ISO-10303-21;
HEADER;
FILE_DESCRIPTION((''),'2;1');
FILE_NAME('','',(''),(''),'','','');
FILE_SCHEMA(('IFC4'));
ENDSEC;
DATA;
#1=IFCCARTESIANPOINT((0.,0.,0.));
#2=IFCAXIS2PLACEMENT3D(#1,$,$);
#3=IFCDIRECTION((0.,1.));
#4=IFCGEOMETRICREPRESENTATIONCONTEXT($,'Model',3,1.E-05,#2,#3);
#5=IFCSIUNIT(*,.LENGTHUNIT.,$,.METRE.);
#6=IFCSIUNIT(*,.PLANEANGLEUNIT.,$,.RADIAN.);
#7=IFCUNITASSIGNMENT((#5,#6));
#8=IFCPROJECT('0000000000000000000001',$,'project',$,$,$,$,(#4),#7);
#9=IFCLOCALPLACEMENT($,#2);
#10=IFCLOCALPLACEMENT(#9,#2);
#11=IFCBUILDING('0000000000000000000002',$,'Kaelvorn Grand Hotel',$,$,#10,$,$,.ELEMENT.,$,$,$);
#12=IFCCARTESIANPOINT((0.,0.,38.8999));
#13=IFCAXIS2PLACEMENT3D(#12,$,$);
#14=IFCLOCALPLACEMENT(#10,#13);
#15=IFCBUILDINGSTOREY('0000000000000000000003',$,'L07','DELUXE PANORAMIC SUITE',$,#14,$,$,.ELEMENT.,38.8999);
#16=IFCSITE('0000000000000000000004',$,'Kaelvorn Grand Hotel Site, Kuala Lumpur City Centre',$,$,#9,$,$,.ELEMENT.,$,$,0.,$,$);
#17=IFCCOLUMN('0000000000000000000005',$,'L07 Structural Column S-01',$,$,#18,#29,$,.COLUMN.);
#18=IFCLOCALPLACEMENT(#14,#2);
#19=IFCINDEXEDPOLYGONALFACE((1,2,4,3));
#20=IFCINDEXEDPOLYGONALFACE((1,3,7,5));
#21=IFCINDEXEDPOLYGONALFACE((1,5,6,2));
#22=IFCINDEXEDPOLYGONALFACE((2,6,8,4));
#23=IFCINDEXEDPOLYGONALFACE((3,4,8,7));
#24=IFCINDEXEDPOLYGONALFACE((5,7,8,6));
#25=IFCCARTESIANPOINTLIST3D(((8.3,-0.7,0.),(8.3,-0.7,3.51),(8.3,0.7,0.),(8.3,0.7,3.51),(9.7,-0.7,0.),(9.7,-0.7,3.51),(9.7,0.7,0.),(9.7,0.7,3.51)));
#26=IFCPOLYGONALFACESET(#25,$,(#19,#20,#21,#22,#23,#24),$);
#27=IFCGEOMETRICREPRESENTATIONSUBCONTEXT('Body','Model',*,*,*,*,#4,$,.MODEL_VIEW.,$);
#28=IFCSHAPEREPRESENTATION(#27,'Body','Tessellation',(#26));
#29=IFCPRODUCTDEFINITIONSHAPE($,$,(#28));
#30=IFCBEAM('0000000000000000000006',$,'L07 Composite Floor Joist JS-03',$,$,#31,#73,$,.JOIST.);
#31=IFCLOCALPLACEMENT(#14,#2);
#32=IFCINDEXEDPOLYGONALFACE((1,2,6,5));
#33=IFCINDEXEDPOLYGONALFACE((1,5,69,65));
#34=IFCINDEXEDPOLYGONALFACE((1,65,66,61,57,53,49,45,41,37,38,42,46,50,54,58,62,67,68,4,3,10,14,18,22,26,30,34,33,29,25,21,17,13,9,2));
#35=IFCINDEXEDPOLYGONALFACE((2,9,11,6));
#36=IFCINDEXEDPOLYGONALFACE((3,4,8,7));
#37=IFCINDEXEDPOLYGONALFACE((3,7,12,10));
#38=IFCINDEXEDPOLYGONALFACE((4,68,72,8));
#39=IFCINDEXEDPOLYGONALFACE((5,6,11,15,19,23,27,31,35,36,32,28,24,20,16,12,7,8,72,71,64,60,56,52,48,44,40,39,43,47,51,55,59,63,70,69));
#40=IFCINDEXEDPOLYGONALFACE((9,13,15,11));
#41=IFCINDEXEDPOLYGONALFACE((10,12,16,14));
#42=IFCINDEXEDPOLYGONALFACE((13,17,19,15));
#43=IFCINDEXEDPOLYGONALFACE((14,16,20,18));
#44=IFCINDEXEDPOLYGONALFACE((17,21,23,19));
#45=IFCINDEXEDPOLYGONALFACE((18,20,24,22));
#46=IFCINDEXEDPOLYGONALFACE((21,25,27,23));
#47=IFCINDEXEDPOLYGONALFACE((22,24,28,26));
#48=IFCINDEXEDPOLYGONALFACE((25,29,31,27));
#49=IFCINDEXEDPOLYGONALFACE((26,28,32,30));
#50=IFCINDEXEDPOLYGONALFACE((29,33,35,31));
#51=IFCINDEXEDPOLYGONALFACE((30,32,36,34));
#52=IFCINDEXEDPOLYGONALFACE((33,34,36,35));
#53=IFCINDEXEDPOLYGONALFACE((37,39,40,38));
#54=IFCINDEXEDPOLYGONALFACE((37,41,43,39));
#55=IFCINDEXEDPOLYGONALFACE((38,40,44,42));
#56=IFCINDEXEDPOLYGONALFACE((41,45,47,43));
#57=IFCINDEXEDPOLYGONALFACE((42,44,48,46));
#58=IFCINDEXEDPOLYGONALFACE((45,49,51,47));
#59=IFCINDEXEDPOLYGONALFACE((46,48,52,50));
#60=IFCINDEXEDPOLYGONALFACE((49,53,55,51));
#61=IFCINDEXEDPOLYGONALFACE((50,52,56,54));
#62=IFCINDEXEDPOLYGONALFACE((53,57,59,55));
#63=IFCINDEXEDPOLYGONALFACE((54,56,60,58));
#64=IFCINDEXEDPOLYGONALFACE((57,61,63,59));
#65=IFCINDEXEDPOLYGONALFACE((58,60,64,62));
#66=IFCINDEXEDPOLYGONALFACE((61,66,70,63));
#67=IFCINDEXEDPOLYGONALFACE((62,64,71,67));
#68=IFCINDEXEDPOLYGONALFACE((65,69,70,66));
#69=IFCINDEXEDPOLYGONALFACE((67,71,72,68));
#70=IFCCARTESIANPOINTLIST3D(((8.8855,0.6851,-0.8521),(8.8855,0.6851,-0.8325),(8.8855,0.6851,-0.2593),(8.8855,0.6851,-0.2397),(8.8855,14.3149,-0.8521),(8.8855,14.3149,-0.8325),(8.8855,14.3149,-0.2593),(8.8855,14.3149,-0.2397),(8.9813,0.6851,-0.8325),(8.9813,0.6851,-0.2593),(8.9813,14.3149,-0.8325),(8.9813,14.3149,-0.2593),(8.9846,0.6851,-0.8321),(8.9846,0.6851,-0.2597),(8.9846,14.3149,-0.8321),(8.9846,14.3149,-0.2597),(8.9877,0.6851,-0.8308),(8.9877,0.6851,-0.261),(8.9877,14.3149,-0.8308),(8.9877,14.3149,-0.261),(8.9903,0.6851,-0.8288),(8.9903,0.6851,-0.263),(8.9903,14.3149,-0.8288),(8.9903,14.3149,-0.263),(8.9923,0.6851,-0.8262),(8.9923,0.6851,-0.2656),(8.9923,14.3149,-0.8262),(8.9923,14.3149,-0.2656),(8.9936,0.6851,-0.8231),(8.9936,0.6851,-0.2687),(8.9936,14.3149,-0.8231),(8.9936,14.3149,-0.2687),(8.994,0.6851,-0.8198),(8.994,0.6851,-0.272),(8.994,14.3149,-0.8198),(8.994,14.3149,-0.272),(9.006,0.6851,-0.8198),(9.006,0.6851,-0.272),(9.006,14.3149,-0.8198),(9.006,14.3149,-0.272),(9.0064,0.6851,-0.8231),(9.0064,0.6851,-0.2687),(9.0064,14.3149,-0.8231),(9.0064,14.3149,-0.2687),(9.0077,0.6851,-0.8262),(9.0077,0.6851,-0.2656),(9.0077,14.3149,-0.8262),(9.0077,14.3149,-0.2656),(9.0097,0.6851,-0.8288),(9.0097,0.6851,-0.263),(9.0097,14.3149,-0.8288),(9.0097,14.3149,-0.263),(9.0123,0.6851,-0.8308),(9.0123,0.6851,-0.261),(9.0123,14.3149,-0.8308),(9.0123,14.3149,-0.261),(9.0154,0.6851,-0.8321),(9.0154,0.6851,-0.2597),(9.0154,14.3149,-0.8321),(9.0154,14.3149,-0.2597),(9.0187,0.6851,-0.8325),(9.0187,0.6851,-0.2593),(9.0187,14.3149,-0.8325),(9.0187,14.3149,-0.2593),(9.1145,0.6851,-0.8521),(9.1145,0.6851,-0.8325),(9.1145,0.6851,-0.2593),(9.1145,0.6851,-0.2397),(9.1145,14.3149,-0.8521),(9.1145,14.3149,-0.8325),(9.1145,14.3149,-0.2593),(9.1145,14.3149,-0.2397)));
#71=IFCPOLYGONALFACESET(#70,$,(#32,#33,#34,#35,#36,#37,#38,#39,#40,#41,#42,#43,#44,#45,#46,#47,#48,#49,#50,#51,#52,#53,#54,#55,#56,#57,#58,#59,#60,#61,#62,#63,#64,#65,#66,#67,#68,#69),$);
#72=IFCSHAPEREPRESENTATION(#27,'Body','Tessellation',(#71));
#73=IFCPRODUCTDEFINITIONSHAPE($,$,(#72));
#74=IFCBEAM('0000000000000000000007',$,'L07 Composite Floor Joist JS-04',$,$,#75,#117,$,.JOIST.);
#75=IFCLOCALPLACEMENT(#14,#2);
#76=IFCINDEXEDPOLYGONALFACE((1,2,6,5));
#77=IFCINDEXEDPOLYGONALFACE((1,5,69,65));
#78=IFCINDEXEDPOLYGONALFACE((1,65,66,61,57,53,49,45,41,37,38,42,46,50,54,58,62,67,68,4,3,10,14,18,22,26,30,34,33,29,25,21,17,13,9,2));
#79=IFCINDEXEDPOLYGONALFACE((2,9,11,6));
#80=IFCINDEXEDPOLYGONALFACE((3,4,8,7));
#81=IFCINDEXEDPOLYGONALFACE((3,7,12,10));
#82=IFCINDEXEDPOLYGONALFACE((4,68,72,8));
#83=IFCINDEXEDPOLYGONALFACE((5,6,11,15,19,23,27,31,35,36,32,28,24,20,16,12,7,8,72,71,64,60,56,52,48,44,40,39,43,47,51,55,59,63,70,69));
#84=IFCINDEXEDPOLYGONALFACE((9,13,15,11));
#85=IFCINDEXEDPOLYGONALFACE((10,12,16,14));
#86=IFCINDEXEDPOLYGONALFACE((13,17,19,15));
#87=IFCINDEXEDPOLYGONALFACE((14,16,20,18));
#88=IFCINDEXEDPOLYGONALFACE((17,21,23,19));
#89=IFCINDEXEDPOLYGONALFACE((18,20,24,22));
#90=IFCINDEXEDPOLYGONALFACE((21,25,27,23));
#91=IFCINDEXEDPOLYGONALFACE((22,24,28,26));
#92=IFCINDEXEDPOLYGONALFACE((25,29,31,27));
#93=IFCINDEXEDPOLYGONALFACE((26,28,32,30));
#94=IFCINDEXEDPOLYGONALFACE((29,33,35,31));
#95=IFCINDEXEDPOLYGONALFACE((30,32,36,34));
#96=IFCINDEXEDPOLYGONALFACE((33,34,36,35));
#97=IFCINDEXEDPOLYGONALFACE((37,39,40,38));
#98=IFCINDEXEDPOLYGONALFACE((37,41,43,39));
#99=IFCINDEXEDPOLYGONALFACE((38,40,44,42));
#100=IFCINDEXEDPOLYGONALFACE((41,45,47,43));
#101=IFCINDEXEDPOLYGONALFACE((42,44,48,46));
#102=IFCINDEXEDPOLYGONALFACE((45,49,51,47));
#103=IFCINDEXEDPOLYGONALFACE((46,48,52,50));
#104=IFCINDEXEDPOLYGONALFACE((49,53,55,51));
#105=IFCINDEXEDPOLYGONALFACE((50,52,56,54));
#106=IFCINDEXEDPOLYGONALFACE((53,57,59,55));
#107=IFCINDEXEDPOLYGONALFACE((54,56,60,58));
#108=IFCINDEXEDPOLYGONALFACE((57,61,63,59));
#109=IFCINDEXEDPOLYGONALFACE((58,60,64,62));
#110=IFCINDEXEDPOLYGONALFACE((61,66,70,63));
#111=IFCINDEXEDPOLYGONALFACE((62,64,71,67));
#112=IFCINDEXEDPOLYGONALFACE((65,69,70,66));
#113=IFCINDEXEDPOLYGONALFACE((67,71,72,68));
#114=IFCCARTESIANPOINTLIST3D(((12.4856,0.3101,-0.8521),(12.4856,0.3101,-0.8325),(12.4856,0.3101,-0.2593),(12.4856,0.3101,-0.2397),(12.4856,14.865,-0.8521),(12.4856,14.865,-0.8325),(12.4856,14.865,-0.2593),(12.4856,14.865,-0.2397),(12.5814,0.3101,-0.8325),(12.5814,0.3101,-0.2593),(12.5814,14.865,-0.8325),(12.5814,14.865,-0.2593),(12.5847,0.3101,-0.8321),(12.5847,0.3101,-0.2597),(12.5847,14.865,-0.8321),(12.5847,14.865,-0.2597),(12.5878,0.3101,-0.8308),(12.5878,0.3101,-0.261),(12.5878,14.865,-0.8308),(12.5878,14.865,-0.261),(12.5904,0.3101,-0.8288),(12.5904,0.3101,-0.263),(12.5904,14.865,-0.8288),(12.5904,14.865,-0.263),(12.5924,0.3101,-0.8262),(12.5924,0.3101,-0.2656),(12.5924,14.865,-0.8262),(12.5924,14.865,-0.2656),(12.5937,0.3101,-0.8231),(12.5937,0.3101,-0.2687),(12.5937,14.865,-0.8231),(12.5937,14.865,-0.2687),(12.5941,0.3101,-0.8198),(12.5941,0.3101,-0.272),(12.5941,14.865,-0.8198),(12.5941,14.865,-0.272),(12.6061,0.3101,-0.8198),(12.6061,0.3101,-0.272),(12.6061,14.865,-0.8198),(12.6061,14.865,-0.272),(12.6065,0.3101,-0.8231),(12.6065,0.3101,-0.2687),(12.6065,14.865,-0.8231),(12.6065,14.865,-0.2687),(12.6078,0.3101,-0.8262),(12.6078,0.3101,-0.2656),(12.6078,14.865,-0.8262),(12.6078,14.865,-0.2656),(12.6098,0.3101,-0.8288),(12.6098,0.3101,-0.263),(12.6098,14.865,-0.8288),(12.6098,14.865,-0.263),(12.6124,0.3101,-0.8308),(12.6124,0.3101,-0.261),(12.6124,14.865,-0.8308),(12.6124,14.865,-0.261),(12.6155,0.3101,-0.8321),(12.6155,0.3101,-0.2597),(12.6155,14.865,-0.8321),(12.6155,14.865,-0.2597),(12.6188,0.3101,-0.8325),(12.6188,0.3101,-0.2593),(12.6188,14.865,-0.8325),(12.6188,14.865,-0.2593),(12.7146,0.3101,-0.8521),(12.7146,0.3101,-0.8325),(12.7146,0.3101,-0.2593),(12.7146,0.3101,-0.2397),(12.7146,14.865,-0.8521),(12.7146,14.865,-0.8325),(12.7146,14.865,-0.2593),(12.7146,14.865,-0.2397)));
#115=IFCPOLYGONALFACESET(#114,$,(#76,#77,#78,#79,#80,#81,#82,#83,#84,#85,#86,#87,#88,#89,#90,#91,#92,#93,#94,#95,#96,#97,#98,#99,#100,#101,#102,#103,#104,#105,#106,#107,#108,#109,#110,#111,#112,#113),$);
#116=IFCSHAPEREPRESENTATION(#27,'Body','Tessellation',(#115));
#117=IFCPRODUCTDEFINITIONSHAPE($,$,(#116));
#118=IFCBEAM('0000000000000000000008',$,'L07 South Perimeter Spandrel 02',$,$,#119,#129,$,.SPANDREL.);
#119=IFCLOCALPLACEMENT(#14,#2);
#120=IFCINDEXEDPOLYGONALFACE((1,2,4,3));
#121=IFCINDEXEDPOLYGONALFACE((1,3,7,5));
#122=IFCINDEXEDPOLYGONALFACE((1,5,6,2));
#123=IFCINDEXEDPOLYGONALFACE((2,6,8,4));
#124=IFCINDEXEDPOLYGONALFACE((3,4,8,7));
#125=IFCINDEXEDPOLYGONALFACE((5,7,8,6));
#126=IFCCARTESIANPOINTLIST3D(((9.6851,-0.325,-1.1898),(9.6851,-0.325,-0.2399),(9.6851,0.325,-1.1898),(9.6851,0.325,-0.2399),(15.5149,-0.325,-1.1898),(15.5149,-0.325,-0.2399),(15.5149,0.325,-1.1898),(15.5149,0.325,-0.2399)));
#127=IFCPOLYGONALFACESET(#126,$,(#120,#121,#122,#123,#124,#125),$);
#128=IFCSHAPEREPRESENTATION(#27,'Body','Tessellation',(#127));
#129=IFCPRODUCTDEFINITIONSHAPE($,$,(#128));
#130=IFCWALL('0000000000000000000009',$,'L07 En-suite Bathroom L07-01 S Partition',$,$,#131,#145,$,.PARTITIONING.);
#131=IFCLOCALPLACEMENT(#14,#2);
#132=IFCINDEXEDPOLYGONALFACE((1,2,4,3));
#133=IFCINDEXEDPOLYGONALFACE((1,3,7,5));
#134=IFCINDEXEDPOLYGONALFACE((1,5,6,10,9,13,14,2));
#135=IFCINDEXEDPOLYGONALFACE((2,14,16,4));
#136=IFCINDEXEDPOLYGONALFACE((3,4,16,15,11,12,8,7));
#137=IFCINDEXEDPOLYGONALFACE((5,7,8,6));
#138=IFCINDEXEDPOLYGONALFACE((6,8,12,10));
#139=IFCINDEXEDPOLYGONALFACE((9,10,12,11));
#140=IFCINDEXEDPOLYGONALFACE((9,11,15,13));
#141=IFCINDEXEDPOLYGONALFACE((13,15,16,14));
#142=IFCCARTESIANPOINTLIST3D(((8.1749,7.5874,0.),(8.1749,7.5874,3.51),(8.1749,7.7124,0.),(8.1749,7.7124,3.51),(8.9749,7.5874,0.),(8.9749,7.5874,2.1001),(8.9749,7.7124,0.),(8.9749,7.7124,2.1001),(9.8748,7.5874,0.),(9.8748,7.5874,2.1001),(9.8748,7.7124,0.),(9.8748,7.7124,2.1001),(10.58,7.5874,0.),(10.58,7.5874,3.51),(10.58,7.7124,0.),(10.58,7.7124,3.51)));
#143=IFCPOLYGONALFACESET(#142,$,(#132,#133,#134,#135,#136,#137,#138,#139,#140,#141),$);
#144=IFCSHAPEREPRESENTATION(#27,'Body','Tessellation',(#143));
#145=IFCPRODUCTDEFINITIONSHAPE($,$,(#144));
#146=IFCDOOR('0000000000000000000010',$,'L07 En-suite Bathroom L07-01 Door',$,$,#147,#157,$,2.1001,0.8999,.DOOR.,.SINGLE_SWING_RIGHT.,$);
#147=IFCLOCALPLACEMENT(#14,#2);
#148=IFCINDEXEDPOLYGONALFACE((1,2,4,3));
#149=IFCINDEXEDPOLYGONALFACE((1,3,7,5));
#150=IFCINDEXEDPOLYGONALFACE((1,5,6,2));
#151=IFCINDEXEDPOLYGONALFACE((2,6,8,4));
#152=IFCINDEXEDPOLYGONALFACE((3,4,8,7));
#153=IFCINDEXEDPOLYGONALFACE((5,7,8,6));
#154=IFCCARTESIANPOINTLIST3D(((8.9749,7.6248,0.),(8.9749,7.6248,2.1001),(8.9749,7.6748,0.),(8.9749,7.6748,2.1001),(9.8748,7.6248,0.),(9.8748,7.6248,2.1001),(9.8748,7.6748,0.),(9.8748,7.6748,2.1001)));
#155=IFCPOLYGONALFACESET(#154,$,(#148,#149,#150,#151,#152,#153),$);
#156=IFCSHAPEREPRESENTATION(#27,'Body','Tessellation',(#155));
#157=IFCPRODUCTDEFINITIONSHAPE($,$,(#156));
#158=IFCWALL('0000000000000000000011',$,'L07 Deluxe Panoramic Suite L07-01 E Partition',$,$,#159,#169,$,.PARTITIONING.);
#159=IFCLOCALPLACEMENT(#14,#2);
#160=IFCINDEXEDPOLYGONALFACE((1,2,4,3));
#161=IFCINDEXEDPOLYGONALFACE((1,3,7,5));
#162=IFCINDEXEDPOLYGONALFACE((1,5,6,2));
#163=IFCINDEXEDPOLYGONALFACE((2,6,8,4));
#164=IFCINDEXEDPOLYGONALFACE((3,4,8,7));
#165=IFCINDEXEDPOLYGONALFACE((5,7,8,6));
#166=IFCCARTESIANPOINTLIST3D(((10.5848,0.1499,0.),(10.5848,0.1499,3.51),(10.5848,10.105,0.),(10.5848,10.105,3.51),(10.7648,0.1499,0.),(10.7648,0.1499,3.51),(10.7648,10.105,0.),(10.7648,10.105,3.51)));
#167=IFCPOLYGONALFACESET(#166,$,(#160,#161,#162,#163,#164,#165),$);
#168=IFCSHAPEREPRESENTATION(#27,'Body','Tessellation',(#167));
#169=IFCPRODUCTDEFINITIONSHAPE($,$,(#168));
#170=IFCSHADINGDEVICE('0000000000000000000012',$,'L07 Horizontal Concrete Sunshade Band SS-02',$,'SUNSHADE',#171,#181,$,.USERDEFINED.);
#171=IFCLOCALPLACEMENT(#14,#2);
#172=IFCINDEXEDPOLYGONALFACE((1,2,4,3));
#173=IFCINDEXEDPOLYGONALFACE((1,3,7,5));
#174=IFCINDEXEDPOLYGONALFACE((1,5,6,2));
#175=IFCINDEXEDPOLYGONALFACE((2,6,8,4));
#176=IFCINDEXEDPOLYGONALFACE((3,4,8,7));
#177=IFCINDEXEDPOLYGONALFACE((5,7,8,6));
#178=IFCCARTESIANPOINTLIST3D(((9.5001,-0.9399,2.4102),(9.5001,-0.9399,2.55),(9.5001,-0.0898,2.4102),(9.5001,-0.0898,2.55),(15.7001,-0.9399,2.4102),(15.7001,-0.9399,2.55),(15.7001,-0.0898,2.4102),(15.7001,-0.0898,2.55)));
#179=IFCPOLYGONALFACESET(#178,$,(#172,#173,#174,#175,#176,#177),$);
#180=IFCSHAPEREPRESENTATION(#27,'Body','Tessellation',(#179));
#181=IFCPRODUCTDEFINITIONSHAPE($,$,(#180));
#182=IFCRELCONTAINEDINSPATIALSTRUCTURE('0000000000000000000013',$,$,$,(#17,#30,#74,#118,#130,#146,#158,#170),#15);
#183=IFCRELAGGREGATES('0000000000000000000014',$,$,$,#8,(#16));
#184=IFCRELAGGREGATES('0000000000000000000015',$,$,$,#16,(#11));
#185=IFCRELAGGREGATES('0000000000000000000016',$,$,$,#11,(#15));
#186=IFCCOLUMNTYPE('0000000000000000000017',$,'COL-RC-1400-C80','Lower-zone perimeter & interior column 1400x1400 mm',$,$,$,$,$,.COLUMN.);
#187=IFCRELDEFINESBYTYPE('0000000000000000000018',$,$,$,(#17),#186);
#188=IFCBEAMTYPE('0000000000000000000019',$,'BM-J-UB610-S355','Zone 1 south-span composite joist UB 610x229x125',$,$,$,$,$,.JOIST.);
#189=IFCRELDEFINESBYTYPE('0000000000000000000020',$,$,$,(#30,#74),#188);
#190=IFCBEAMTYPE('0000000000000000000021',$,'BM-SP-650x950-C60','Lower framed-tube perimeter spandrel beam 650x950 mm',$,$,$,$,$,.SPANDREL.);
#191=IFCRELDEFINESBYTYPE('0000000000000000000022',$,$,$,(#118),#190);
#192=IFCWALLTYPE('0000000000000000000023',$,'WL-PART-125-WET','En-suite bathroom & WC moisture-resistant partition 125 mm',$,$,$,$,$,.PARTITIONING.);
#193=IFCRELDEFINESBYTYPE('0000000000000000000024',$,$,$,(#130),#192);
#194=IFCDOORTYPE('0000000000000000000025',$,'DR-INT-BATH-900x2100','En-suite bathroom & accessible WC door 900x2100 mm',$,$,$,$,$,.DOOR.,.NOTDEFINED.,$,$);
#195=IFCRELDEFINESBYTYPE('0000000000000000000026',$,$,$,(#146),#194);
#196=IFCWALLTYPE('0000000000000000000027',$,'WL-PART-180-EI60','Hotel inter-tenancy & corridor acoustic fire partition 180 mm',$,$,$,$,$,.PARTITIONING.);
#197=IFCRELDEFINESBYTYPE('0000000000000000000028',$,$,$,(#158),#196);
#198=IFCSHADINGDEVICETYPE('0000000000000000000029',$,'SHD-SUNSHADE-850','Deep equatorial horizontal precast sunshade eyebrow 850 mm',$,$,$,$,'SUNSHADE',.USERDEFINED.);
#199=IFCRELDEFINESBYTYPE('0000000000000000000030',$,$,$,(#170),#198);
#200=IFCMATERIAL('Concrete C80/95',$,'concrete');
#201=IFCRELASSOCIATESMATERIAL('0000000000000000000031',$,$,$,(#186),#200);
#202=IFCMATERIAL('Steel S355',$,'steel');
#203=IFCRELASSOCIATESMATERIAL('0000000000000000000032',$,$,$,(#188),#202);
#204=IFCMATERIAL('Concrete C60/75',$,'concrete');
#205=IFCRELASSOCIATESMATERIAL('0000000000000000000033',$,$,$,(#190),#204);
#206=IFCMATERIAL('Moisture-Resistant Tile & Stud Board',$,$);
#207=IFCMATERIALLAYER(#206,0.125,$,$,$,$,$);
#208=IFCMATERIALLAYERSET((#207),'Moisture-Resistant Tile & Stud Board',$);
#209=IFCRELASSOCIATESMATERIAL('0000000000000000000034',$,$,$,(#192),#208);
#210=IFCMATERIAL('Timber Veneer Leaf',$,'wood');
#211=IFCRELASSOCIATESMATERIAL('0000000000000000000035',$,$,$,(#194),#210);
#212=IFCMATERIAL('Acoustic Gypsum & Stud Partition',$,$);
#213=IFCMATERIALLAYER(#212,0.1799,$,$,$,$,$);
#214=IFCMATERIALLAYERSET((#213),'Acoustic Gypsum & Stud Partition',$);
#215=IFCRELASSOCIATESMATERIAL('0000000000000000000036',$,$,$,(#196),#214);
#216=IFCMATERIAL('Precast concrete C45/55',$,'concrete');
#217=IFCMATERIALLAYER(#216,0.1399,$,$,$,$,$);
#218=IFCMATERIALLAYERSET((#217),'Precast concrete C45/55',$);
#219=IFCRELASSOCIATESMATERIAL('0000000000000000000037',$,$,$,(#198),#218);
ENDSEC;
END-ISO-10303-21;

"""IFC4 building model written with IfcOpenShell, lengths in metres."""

from ifc_helpers import new_model, si_unit, direction, frame, frame_2d, origin, origin_2d, place, context, subcontext, project, spatial, rectangle, i_section, extrude, material, layer, layer_set, material_profile, profile_set, type_object, element, fill, save


model = new_model("IFC4")

# Units and contexts
model_context = context("Model", 3, precision=1e-05, world=origin(), true_north=direction((0.0, 1.0)))
body_context = subcontext(model_context, "Body", "Model", "MODEL_VIEW")
ifc_project = project(units=[si_unit("LENGTHUNIT", "METRE"), si_unit("PLANEANGLEUNIT", "RADIAN")], contexts=[model_context])

# Site, building, storey
site_placement = place(None, origin())
site = spatial("IfcSite", under=ifc_project, at=site_placement, Name="Kaelvorn Grand Hotel Site, Kuala Lumpur City Centre", CompositionType="ELEMENT", RefElevation=0.0)
building_placement = place(site_placement, origin())
building = spatial("IfcBuilding", under=site, at=building_placement, Name="Kaelvorn Grand Hotel", CompositionType="ELEMENT")
storey_placement = place(building_placement, frame((0.0, 0.0, 38.8999)))
storey = spatial("IfcBuildingStorey", under=building, at=storey_placement, Name="L07", Description="DELUXE PANORAMIC SUITE", CompositionType="ELEMENT", Elevation=38.8999)

# Column
ifc_material_1 = material(Name="Concrete C80/95", Category="concrete")
ifc_material_profile_1 = material_profile(ifc_material_1, rectangle(XDim=1.3999, YDim=1.3999, at=origin_2d()), Name="RC COL 1400x1400")
ifc_profile_set_1 = profile_set([ifc_material_profile_1], Name="Concrete C80/95")
column_type = type_object("IfcColumnType", Name="COL-RC-1400-C80", Description="Lower-zone perimeter & interior column 1400x1400 mm", PredefinedType="COLUMN", material=ifc_profile_set_1)
column_placement = place(storey_placement, frame((9.0, 0.0, 0.0), z_axis=(0.0, 0.0, 1.0), x_axis=(1.0, 0.0, 0.0)))
element("IfcColumn", 1, at=column_placement, inside=storey, type_object=column_type, Name="L07 Structural Column S-01", PredefinedType="COLUMN", context=body_context, shape_type="SweptSolid", body=[
    extrude(rectangle(XDim=1.3999, YDim=1.3999, at=origin_2d()), origin(), (0.0, 0.0, 1.0), 3.51),
])

# Beams
ifc_material_2 = material(Name="Steel S355", Category="steel")
ifc_material_profile_2 = material_profile(ifc_material_2, i_section(OverallWidth=0.229, OverallDepth=0.6123, WebThickness=0.012, FlangeThickness=0.0195, FilletRadius=0.0127, at=origin_2d()), Name="UB 610x229x125")
ifc_profile_set_2 = profile_set([ifc_material_profile_2], Name="Steel S355")
beam_type_1 = type_object("IfcBeamType", Name="BM-J-UB610-S355", Description="Zone 1 south-span composite joist UB 610x229x125", PredefinedType="JOIST", material=ifc_profile_set_2)
beam_1_placement = place(storey_placement, frame((9.0, 0.6851, -0.5459), z_axis=(0.0, 1.0, 0.0), x_axis=(-1.0, 0.0, 0.0)))
element("IfcBeam", 2, at=beam_1_placement, inside=storey, type_object=beam_type_1, Name="L07 Composite Floor Joist JS-03", PredefinedType="JOIST", context=body_context, shape_type="SweptSolid", body=[
    extrude(i_section(OverallWidth=0.229, OverallDepth=0.6123, WebThickness=0.012, FlangeThickness=0.0195, FilletRadius=0.0127, at=origin_2d()), origin(), (0.0, 0.0, 1.0), 13.6299),
])
beam_2_placement = place(storey_placement, frame((12.6001, 0.3101, -0.5459), z_axis=(0.0, 1.0, 0.0), x_axis=(-1.0, 0.0, 0.0)))
element("IfcBeam", 3, at=beam_2_placement, inside=storey, type_object=beam_type_1, Name="L07 Composite Floor Joist JS-04", PredefinedType="JOIST", context=body_context, shape_type="SweptSolid", body=[
    extrude(i_section(OverallWidth=0.229, OverallDepth=0.6123, WebThickness=0.012, FlangeThickness=0.0195, FilletRadius=0.0127, at=origin_2d()), origin(), (0.0, 0.0, 1.0), 14.5549),
])
ifc_material_3 = material(Name="Concrete C60/75", Category="concrete")
ifc_material_profile_3 = material_profile(ifc_material_3, rectangle(XDim=0.6499, YDim=0.95, at=origin_2d()), Name="RC SPANDREL 650x950")
ifc_profile_set_3 = profile_set([ifc_material_profile_3], Name="Concrete C60/75")
beam_type_2 = type_object("IfcBeamType", Name="BM-SP-650x950-C60", Description="Lower framed-tube perimeter spandrel beam 650x950 mm", PredefinedType="SPANDREL", material=ifc_profile_set_3)
beam_3_placement = place(storey_placement, frame((9.6851, 0.0, -0.7148), z_axis=(1.0, 0.0, 0.0), x_axis=(0.0, 1.0, 0.0)))
element("IfcBeam", 4, at=beam_3_placement, inside=storey, type_object=beam_type_2, Name="L07 South Perimeter Spandrel 02", PredefinedType="SPANDREL", context=body_context, shape_type="SweptSolid", body=[
    extrude(rectangle(XDim=0.6499, YDim=0.95, at=origin_2d()), origin(), (0.0, 0.0, 1.0), 5.8298),
])

# Wall, opening, door
ifc_material_4 = material(Name="Moisture-Resistant Tile & Stud Board")
ifc_layer_1 = layer(ifc_material_4, 0.125)
ifc_layer_set_1 = layer_set([ifc_layer_1], Name="Moisture-Resistant Tile & Stud Board")
wall_type_1 = type_object("IfcWallType", Name="WL-PART-125-WET", Description="En-suite bathroom & WC moisture-resistant partition 125 mm", PredefinedType="PARTITIONING", material=ifc_layer_set_1)
wall_1_placement = place(storey_placement, frame((8.1748, 7.6499, 0.0), z_axis=(0.0, 0.0, 1.0), x_axis=(1.0, 0.0, 0.0)))
wall_1 = element("IfcWall", 5, at=wall_1_placement, inside=storey, type_object=wall_type_1, Name="L07 En-suite Bathroom L07-01 S Partition", PredefinedType="PARTITIONING", context=body_context, shape_type="SweptSolid", body=[
    extrude(rectangle(XDim=2.405, YDim=0.125, at=frame_2d((1.2026, 0.0))), origin(), (0.0, 0.0, 1.0), 3.51),
])
opening_placement = place(wall_1_placement, frame((0.8, 0.0, 0.0)))
opening = element("IfcOpeningElement", 6, at=opening_placement, cuts=wall_1, PredefinedType="OPENING", context=body_context, shape_type="SweptSolid", body=[
    extrude(rectangle(XDim=0.8999, YDim=2.1001, at=frame_2d((0.45, 1.05))), frame((0.0, 0.0725, 0.0), z_axis=(0.0, -1.0, 0.0), x_axis=(1.0, 0.0, 0.0)), (0.0, 0.0, 1.0), 0.145),
])
ifc_material_5 = material(Name="Timber Veneer Leaf", Category="wood")
door_type = type_object("IfcDoorType", Name="DR-INT-BATH-900x2100", Description="En-suite bathroom & accessible WC door 900x2100 mm", OperationType="NOTDEFINED", PredefinedType="DOOR", material=ifc_material_5)
door_placement = place(opening_placement, origin())
door = element("IfcDoor", 7, at=door_placement, inside=storey, type_object=door_type, Name="L07 En-suite Bathroom L07-01 Door", OperationType="SINGLE_SWING_RIGHT", OverallHeight=2.1001, OverallWidth=0.8999, PredefinedType="DOOR", context=body_context, shape_type="SweptSolid", body=[
    extrude(rectangle(XDim=0.8999, YDim=2.1001, at=frame_2d((0.45, 1.05))), frame((0.0, 0.0249, 0.0), z_axis=(0.0, -1.0, 0.0), x_axis=(1.0, 0.0, 0.0)), (0.0, 0.0, 1.0), 0.05),
])
fill(opening, door)

# Wall
ifc_material_6 = material(Name="Acoustic Gypsum & Stud Partition")
ifc_layer_2 = layer(ifc_material_6, 0.1799)
ifc_layer_set_2 = layer_set([ifc_layer_2], Name="Acoustic Gypsum & Stud Partition")
wall_type_2 = type_object("IfcWallType", Name="WL-PART-180-EI60", Description="Hotel inter-tenancy & corridor acoustic fire partition 180 mm", PredefinedType="PARTITIONING", material=ifc_layer_set_2)
wall_2_placement = place(storey_placement, frame((10.6748, 0.1499, 0.0), z_axis=(0.0, 0.0, 1.0), x_axis=(0.0, 1.0, 0.0)))
element("IfcWall", 8, at=wall_2_placement, inside=storey, type_object=wall_type_2, Name="L07 Deluxe Panoramic Suite L07-01 E Partition", PredefinedType="PARTITIONING", context=body_context, shape_type="SweptSolid", body=[
    extrude(rectangle(XDim=9.9551, YDim=0.1799, at=frame_2d((4.9775, 0.0))), origin(), (0.0, 0.0, 1.0), 3.51),
])

# Shading device
ifc_material_7 = material(Name="Precast concrete C45/55", Category="concrete")
ifc_layer_3 = layer(ifc_material_7, 0.1399)
ifc_layer_set_3 = layer_set([ifc_layer_3], Name="Precast concrete C45/55")
shading_device_type = type_object("IfcShadingDeviceType", Name="SHD-SUNSHADE-850", Description="Deep equatorial horizontal precast sunshade eyebrow 850 mm", ElementType="SUNSHADE", PredefinedType="USERDEFINED", material=ifc_layer_set_3)
shading_device_placement = place(storey_placement, frame((12.6001, -0.5149, 2.4102), z_axis=(0.0, 0.0, 1.0), x_axis=(1.0, 0.0, 0.0)))
element("IfcShadingDevice", 9, at=shading_device_placement, inside=storey, type_object=shading_device_type, Name="L07 Horizontal Concrete Sunshade Band SS-02", ObjectType="SUNSHADE", PredefinedType="USERDEFINED", context=body_context, shape_type="SweptSolid", body=[
    extrude(rectangle(XDim=6.2, YDim=0.8501, at=origin_2d()), origin(), (0.0, 0.0, 1.0), 0.1399),
])

save(model, "model.ifc")
